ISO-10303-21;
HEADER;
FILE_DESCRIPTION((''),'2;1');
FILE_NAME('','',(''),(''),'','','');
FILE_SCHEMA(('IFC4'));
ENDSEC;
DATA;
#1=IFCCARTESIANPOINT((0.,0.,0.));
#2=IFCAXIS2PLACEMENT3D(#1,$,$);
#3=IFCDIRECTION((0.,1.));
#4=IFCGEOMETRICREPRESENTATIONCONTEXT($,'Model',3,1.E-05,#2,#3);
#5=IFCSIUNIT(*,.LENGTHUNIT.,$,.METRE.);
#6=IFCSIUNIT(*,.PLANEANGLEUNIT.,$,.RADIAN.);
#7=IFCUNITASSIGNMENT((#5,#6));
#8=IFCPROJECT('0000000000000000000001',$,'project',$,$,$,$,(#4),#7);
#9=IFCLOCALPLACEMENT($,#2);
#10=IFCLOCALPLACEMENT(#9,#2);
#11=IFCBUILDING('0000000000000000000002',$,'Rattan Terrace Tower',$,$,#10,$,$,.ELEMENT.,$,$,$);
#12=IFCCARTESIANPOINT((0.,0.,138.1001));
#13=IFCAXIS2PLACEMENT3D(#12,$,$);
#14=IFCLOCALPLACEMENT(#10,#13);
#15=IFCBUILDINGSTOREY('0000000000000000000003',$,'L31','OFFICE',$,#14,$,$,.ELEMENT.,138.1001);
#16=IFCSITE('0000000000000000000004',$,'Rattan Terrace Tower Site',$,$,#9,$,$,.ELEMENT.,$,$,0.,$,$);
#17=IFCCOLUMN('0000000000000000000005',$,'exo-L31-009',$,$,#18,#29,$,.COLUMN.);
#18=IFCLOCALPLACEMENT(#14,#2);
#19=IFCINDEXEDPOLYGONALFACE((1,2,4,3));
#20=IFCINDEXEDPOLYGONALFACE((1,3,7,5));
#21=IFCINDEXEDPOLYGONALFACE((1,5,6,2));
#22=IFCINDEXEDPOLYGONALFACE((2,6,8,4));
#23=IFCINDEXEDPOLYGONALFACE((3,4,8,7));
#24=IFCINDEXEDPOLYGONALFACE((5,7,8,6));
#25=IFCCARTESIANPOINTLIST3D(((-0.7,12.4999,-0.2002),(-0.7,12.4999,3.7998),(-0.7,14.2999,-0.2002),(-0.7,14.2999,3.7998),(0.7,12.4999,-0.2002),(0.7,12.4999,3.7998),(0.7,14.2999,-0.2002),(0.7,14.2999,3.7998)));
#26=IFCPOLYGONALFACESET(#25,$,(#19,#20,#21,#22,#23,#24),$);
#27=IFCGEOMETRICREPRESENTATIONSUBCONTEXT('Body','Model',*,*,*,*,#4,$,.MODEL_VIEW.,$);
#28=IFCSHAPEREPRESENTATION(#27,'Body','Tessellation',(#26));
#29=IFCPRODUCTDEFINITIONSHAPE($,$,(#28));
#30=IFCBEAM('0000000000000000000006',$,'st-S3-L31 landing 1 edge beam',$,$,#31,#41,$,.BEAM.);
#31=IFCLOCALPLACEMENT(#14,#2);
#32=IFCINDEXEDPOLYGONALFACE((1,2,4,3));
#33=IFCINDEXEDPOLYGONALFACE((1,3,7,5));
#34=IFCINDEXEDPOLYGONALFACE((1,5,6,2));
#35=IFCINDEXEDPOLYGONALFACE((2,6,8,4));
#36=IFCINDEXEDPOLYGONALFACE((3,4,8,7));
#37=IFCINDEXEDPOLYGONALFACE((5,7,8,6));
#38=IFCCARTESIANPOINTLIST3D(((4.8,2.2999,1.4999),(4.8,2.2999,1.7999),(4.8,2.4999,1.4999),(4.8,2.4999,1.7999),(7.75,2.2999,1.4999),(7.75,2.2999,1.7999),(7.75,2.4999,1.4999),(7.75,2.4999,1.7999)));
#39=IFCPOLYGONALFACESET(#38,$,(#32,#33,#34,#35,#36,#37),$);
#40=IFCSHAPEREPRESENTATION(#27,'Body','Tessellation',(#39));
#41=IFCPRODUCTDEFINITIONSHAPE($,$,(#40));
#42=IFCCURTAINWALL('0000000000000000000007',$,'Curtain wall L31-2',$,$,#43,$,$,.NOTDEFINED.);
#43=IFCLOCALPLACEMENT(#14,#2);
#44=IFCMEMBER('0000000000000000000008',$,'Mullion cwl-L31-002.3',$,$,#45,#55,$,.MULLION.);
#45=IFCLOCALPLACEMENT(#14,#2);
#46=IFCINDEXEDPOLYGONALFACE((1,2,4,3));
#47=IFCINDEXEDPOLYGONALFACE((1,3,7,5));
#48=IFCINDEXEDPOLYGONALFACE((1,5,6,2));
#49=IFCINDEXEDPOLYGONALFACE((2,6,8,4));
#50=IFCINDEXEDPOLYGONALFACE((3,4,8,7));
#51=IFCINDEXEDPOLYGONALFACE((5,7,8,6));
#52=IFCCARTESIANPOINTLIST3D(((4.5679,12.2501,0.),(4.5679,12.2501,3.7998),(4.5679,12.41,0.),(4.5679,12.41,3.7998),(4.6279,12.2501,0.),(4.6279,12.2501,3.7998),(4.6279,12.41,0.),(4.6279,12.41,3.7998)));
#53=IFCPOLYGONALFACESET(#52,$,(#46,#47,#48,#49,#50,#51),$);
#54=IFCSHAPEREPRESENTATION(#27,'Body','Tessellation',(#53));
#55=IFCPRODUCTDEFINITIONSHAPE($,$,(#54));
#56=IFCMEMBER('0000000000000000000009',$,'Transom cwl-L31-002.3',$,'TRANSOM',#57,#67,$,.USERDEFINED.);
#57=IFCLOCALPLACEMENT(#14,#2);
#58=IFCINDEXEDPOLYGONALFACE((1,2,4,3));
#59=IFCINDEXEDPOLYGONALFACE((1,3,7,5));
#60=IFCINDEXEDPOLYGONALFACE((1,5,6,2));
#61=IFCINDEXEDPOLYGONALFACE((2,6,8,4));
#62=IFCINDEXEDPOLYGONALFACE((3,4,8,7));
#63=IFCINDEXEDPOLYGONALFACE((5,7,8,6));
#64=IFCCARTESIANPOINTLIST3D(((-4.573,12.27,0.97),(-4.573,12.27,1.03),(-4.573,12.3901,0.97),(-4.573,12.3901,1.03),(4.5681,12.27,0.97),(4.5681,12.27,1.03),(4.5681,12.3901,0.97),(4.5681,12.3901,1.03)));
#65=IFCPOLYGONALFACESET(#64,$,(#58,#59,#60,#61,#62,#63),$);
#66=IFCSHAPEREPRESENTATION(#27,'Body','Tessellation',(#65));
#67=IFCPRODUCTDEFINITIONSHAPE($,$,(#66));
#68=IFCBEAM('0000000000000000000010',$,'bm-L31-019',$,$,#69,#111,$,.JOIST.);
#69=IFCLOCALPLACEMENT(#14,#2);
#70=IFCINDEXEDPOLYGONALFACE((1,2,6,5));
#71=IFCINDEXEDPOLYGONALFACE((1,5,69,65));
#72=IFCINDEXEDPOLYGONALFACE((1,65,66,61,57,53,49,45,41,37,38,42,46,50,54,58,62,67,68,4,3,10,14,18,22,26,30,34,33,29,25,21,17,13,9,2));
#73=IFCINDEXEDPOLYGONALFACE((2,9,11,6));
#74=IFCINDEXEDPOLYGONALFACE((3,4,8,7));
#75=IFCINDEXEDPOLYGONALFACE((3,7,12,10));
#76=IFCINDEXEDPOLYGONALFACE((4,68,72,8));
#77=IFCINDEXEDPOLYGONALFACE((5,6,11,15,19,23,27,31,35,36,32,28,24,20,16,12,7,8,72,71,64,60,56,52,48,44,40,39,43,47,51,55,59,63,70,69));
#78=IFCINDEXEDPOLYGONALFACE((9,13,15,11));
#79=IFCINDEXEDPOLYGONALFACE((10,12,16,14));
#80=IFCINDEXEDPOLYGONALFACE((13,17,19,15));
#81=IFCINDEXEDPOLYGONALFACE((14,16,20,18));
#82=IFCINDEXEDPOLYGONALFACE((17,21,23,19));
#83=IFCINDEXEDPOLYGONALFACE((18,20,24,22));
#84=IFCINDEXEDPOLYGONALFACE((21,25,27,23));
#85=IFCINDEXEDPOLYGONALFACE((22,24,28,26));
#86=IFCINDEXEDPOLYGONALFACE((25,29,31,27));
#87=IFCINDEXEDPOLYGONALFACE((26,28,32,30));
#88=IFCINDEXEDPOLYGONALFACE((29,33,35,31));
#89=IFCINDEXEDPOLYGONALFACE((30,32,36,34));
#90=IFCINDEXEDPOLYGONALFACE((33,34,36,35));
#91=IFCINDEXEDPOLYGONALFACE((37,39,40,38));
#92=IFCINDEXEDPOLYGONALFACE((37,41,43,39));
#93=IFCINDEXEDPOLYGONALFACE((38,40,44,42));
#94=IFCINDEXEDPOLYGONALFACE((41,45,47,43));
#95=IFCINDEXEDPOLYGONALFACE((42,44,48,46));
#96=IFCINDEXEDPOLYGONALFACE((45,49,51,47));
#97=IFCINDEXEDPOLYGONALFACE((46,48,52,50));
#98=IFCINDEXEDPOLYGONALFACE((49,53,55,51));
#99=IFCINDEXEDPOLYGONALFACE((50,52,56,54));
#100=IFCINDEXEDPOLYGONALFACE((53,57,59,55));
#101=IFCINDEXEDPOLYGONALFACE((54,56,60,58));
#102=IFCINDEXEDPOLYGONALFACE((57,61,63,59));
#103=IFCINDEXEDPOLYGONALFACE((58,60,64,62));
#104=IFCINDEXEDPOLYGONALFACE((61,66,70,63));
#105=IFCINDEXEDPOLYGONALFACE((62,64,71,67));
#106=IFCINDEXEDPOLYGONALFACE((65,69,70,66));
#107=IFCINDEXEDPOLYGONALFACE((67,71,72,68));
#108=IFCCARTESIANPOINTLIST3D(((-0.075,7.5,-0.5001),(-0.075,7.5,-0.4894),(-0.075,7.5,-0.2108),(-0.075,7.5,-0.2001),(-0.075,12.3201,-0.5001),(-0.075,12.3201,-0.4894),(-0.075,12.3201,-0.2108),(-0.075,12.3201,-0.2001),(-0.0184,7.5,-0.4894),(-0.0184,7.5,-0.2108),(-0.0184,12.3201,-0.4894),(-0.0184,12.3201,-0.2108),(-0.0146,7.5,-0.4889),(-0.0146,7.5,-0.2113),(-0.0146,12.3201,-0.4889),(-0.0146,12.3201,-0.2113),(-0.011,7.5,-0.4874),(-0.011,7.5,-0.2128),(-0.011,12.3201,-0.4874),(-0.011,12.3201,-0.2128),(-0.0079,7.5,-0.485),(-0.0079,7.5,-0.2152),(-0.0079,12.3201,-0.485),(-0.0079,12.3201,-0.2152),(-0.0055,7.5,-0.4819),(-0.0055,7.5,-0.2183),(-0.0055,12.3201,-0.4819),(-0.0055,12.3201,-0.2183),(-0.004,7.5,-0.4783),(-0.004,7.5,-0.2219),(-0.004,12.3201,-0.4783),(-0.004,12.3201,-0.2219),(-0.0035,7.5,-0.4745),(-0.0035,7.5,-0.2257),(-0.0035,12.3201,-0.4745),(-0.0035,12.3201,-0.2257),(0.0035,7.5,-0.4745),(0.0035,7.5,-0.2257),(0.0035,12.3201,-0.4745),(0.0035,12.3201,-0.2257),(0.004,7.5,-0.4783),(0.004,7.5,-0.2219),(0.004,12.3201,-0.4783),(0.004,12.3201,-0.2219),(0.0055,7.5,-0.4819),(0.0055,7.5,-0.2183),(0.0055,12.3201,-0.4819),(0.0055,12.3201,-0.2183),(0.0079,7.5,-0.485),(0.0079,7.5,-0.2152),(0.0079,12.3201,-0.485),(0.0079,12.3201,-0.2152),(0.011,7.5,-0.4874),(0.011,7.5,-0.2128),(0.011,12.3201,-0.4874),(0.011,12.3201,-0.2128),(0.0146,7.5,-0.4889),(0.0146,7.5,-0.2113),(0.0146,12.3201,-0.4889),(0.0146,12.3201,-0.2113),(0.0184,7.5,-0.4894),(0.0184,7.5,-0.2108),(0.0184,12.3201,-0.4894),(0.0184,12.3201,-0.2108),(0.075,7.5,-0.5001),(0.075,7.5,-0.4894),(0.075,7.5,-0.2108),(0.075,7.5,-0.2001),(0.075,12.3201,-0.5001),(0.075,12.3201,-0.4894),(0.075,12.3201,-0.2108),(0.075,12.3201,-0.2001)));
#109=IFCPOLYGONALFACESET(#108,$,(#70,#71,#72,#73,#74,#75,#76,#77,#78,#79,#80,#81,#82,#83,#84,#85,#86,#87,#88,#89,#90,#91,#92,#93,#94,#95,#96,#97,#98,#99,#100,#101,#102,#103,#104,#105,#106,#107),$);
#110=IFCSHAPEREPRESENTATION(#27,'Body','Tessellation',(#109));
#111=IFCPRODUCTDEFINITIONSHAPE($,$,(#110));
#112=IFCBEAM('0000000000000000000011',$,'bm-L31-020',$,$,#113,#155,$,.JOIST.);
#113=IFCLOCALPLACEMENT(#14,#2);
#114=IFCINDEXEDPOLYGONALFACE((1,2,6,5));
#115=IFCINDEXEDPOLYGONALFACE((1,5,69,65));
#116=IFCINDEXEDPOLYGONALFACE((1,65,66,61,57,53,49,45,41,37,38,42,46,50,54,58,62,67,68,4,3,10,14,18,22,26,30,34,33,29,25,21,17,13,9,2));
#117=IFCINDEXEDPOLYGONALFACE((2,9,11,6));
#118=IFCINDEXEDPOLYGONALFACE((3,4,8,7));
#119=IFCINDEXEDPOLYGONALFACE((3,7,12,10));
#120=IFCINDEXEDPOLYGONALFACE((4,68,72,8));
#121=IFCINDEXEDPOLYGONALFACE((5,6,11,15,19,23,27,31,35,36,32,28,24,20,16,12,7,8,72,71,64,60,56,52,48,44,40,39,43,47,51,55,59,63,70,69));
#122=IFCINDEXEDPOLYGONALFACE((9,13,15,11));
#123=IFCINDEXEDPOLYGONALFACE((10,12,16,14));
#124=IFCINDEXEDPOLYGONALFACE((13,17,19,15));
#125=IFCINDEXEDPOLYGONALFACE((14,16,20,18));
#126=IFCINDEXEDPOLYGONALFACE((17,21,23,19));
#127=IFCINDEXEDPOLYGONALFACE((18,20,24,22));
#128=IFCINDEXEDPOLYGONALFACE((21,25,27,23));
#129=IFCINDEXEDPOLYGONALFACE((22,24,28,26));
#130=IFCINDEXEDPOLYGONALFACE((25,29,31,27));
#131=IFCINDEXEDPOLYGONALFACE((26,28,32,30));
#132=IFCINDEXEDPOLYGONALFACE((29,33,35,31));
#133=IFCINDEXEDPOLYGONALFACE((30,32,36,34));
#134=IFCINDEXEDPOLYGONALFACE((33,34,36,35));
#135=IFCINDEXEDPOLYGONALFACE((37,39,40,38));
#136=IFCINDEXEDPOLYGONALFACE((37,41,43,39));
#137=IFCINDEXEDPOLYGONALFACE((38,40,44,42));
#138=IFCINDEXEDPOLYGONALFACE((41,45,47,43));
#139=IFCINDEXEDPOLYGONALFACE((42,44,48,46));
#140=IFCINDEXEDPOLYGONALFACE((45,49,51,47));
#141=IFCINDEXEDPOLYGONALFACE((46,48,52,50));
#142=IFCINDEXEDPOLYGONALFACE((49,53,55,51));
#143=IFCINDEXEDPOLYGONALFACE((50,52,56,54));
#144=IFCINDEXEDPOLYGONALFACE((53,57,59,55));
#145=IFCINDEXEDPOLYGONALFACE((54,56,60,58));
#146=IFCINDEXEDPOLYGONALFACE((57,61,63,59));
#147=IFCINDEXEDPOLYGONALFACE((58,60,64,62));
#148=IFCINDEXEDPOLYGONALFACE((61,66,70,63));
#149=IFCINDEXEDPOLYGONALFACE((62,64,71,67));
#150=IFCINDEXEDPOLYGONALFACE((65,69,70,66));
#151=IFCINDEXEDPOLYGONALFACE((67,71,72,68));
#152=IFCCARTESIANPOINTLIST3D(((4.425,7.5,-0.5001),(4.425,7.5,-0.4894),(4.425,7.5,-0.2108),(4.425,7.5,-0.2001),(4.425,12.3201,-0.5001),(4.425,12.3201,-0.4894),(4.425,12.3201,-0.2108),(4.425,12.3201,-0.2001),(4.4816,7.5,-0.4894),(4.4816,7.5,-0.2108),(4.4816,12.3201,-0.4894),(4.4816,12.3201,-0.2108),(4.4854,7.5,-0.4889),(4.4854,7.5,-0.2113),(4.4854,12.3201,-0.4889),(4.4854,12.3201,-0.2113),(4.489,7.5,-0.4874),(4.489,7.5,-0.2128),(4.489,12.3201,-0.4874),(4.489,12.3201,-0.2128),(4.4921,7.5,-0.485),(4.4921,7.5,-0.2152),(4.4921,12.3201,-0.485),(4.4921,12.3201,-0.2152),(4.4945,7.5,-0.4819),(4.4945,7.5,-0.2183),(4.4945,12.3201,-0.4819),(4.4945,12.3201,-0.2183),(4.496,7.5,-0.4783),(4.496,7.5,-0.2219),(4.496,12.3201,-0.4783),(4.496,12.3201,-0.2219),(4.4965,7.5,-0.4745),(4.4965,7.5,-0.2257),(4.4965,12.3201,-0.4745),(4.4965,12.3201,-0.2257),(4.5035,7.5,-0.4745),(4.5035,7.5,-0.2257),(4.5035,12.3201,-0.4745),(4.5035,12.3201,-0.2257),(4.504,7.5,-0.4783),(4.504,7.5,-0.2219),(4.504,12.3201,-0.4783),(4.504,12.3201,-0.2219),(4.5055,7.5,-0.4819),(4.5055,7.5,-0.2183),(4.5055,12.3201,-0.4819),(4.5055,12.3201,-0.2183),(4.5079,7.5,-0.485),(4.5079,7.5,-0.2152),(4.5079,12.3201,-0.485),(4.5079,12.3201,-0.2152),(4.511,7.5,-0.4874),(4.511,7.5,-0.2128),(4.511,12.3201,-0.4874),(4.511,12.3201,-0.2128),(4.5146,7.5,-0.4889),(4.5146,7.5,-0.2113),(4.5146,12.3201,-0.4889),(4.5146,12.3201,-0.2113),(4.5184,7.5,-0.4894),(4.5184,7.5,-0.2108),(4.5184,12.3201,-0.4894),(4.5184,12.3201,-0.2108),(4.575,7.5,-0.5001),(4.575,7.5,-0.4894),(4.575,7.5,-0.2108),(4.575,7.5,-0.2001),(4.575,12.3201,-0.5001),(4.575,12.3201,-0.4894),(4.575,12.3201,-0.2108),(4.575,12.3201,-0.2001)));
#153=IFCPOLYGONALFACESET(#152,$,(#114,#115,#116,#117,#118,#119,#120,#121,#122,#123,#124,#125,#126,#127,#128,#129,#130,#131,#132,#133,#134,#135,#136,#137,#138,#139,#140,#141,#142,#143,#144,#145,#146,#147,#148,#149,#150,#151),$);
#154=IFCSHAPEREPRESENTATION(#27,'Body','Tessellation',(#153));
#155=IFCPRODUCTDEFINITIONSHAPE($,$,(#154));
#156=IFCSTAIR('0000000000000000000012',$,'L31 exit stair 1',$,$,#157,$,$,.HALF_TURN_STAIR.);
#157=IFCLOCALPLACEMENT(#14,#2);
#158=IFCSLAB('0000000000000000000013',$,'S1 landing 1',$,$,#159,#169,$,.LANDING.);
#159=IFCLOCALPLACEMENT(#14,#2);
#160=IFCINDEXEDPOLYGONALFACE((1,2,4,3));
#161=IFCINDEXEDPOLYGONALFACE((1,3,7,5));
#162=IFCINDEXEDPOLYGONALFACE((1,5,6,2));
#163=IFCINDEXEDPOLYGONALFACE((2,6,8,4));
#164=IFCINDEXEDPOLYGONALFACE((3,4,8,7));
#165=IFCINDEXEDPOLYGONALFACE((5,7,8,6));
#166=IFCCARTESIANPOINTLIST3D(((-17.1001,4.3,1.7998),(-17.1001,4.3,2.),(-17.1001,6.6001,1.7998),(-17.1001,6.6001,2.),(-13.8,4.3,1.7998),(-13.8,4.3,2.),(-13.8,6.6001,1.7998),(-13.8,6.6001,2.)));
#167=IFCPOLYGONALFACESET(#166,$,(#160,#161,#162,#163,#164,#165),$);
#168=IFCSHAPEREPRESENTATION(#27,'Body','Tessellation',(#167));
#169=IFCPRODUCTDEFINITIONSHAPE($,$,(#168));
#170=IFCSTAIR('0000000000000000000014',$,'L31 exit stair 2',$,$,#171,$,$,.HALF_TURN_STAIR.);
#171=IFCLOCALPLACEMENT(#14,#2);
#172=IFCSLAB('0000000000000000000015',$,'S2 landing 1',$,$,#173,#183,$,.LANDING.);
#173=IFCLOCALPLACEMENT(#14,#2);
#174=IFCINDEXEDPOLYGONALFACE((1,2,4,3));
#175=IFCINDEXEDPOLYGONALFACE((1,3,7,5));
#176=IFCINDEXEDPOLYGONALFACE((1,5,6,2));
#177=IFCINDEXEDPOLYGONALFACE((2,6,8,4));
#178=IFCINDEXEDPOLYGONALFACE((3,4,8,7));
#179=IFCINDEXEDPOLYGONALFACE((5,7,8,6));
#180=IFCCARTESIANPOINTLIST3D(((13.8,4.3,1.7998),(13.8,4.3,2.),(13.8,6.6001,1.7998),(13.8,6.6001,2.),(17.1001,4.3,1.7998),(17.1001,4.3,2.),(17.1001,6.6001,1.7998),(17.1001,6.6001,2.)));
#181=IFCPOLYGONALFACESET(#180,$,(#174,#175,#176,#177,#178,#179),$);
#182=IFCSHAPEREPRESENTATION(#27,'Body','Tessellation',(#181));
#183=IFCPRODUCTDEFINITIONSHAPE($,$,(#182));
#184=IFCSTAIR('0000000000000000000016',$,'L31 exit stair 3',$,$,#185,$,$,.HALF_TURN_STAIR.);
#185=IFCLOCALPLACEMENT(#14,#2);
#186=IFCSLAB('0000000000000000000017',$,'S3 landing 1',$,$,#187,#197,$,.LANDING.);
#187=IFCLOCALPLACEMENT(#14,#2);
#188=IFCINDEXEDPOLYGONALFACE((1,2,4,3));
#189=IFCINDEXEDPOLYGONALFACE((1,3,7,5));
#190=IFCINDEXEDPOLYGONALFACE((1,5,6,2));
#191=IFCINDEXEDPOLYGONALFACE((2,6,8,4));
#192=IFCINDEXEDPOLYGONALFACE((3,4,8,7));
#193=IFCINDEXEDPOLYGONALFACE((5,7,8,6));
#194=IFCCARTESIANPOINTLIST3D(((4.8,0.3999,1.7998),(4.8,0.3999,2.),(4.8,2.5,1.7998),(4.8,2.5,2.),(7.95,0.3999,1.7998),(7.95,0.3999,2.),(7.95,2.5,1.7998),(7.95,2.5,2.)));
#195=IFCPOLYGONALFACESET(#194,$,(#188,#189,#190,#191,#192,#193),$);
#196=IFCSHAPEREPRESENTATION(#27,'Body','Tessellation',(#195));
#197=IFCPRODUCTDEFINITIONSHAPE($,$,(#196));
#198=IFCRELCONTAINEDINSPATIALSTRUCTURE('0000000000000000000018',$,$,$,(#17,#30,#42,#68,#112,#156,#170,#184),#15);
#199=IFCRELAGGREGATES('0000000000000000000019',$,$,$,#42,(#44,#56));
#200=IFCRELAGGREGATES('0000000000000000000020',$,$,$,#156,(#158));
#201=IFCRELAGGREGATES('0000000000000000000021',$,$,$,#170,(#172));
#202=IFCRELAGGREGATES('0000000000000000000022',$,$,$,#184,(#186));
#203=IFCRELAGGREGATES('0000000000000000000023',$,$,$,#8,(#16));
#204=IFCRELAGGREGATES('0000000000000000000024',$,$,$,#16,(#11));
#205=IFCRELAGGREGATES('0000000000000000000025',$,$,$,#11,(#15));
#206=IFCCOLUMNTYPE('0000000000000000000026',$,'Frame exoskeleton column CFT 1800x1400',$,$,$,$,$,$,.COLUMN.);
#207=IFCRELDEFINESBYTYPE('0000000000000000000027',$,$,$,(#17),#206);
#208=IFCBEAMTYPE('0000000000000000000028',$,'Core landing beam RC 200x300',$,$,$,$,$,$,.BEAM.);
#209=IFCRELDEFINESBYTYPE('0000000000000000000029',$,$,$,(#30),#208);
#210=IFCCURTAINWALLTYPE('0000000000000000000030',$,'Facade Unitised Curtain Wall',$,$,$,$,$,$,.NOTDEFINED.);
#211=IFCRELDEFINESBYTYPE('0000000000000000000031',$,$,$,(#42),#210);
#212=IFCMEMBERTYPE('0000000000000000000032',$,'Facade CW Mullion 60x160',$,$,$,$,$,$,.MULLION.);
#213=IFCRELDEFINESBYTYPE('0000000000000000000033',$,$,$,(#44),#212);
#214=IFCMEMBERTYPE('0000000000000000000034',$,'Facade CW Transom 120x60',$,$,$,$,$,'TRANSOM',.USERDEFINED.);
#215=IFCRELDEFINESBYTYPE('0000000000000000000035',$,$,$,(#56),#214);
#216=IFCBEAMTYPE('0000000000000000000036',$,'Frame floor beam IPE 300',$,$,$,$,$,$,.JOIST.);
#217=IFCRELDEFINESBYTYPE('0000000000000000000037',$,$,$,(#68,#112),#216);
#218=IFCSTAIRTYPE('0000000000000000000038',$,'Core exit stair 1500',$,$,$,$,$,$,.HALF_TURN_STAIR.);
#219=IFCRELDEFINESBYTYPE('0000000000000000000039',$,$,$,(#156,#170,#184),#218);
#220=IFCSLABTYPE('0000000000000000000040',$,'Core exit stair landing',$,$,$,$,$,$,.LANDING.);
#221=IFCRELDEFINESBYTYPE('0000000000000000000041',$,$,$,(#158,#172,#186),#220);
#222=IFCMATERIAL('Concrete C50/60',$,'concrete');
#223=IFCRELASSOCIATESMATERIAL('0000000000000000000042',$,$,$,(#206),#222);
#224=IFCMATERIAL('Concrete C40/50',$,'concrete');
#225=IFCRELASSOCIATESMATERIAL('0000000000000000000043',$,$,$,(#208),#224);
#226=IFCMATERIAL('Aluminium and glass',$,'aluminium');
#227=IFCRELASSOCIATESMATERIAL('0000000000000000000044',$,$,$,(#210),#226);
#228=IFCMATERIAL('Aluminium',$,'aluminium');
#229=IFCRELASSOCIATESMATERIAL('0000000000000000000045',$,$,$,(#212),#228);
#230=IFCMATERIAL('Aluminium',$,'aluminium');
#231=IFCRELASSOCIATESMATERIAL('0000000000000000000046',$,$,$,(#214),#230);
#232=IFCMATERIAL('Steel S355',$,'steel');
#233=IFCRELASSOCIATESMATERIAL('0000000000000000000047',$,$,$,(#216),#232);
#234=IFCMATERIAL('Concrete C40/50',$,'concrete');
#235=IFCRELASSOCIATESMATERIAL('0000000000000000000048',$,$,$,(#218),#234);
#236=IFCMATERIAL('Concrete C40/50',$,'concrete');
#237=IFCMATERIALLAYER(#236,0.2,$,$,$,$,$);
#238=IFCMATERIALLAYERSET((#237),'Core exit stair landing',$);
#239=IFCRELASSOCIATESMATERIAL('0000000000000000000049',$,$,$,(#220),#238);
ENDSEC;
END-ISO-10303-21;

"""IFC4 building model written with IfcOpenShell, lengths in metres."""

from ifc_helpers import new_model, si_unit, direction, frame, origin, origin_2d, place, context, subcontext, project, spatial, polyline, rectangle, i_section, outline, extrude, material, layer, layer_set, material_profile, profile_set, type_object, element, aggregate, save


model = new_model("IFC4")

# Units and contexts
model_context = context("Model", 3, precision=1e-05, world=origin(), true_north=direction((0.0, 1.0)))
body_context = subcontext(model_context, "Body", "Model", "MODEL_VIEW")
ifc_project = project(units=[si_unit("LENGTHUNIT", "METRE"), si_unit("PLANEANGLEUNIT", "RADIAN")], contexts=[model_context])

# Site, building, storey
site_placement = place(None, origin())
site = spatial("IfcSite", under=ifc_project, at=site_placement, Name="Rattan Terrace Tower Site", CompositionType="ELEMENT", RefElevation=0.0)
building_placement = place(site_placement, origin())
building = spatial("IfcBuilding", under=site, at=building_placement, Name="Rattan Terrace Tower", CompositionType="ELEMENT")
storey_placement = place(building_placement, frame((0.0, 0.0, 138.1001)))
storey = spatial("IfcBuildingStorey", under=building, at=storey_placement, Name="L31", Description="OFFICE", CompositionType="ELEMENT", Elevation=138.1001)

# Column
ifc_material_1 = material(Name="Concrete C50/60", Category="concrete")
ifc_material_profile_1 = material_profile(ifc_material_1, rectangle(XDim=1.3999, YDim=1.8, at=origin_2d()), Name="CFT 1800x1400")
ifc_profile_set_1 = profile_set([ifc_material_profile_1], Name="Concrete C50/60")
column_type = type_object("IfcColumnType", Name="Frame exoskeleton column CFT 1800x1400", PredefinedType="COLUMN", material=ifc_profile_set_1)
column_placement = place(storey_placement, frame((0.0, 13.3999, -0.2002), z_axis=(0.0, 0.0, 1.0), x_axis=(1.0, 0.0, 0.0)))
element("IfcColumn", 1, at=column_placement, inside=storey, type_object=column_type, Name="exo-L31-009", PredefinedType="COLUMN", context=body_context, shape_type="SweptSolid", body=[
    extrude(rectangle(XDim=1.3999, YDim=1.8, at=origin_2d()), origin(), (0.0, 0.0, 1.0), 4.0),
])

# Beam
ifc_material_2 = material(Name="Concrete C40/50", Category="concrete")
ifc_material_profile_2 = material_profile(ifc_material_2, rectangle(XDim=0.2, YDim=0.3, at=origin_2d()), Name="RC 200x300")
ifc_profile_set_2 = profile_set([ifc_material_profile_2], Name="Concrete C40/50")
beam_type_1 = type_object("IfcBeamType", Name="Core landing beam RC 200x300", PredefinedType="BEAM", material=ifc_profile_set_2)
beam_placement = place(storey_placement, frame((4.8, 2.3999, 1.6499), z_axis=(1.0, 0.0, 0.0), x_axis=(0.0, 1.0, 0.0)))
element("IfcBeam", 2, at=beam_placement, inside=storey, type_object=beam_type_1, Name="st-S3-L31 landing 1 edge beam", PredefinedType="BEAM", context=body_context, shape_type="SweptSolid", body=[
    extrude(rectangle(XDim=0.2, YDim=0.3, at=origin_2d()), origin(), (0.0, 0.0, 1.0), 2.95),
])

# Curtain wall, members
ifc_material_3 = material(Name="Aluminium and glass", Category="aluminium")
curtain_wall_type = type_object("IfcCurtainWallType", Name="Facade Unitised Curtain Wall", PredefinedType="NOTDEFINED", material=ifc_material_3)
curtain_wall_placement = place(storey_placement, origin())
curtain_wall = element("IfcCurtainWall", 3, at=curtain_wall_placement, inside=storey, type_object=curtain_wall_type, Name="Curtain wall L31-2", PredefinedType="NOTDEFINED")
ifc_material_4 = material(Name="Aluminium", Category="aluminium")
ifc_material_profile_3 = material_profile(ifc_material_4, rectangle(XDim=0.0601, YDim=0.1599, at=origin_2d()), Name="Aluminium 60x160")
ifc_profile_set_3 = profile_set([ifc_material_profile_3], Name="Aluminium")
member_type_1 = type_object("IfcMemberType", Name="Facade CW Mullion 60x160", PredefinedType="MULLION", material=ifc_profile_set_3)
member_1_placement = place(storey_placement, frame((4.5979, 12.3301, 0.0), z_axis=(0.0, 0.0, 1.0), x_axis=(-1.0, 0.0, 0.0)))
member_1 = element("IfcMember", 4, at=member_1_placement, type_object=member_type_1, Name="Mullion cwl-L31-002.3", PredefinedType="MULLION", context=body_context, shape_type="SweptSolid", body=[
    extrude(rectangle(XDim=0.0601, YDim=0.1599, at=origin_2d()), origin(), (0.0, 0.0, 1.0), 3.7998),
])
ifc_material_5 = material(Name="Aluminium", Category="aluminium")
ifc_material_profile_4 = material_profile(ifc_material_5, rectangle(XDim=0.1201, YDim=0.0601, at=origin_2d()), Name="Aluminium 120x60")
ifc_profile_set_4 = profile_set([ifc_material_profile_4], Name="Aluminium")
member_type_2 = type_object("IfcMemberType", Name="Facade CW Transom 120x60", ElementType="TRANSOM", PredefinedType="USERDEFINED", material=ifc_profile_set_4)
member_2_placement = place(storey_placement, frame((4.5681, 12.3301, 1.0), z_axis=(-1.0, 0.0, 0.0), x_axis=(0.0, -1.0, 0.0)))
member_2 = element("IfcMember", 5, at=member_2_placement, type_object=member_type_2, Name="Transom cwl-L31-002.3", ObjectType="TRANSOM", PredefinedType="USERDEFINED", context=body_context, shape_type="SweptSolid", body=[
    extrude(rectangle(XDim=0.1201, YDim=0.0601, at=origin_2d()), origin(), (0.0, 0.0, 1.0), 9.1411),
])
aggregate(curtain_wall, [member_1, member_2])

# Beams
ifc_material_6 = material(Name="Steel S355", Category="steel")
ifc_material_profile_5 = material_profile(ifc_material_6, i_section(OverallWidth=0.1499, OverallDepth=0.3, WebThickness=0.0071, FlangeThickness=0.0107, FilletRadius=0.0149, at=origin_2d()), Name="IPE 300")
ifc_profile_set_5 = profile_set([ifc_material_profile_5], Name="Steel S355")
beam_type_2 = type_object("IfcBeamType", Name="Frame floor beam IPE 300", PredefinedType="JOIST", material=ifc_profile_set_5)
for number, where, z_axis, x_axis, name in (
    (6, (0.0, 7.5, -0.3501), (0.0, 1.0, 0.0), (-1.0, 0.0, 0.0), "bm-L31-019"),
    (7, (4.5, 7.5, -0.3501), (0.0, 1.0, 0.0), (-1.0, 0.0, 0.0), "bm-L31-020"),
):
    element("IfcBeam", number, at=place(storey_placement, frame(where, z_axis=z_axis, x_axis=x_axis)), inside=storey, type_object=beam_type_2, Name=name, PredefinedType="JOIST", context=body_context, shape_type="SweptSolid", body=[
        extrude(i_section(OverallWidth=0.1499, OverallDepth=0.3, WebThickness=0.0071, FlangeThickness=0.0107, FilletRadius=0.0149, at=origin_2d()), origin(), (0.0, 0.0, 1.0), 4.8201),
    ])

# Stairs, slabs
ifc_material_7 = material(Name="Concrete C40/50", Category="concrete")
stair_type = type_object("IfcStairType", Name="Core exit stair 1500", PredefinedType="HALF_TURN_STAIR", material=ifc_material_7)
stair_1_placement = place(storey_placement, origin())
stair_1 = element("IfcStair", 8, at=stair_1_placement, inside=storey, type_object=stair_type, Name="L31 exit stair 1", PredefinedType="HALF_TURN_STAIR")
ifc_material_8 = material(Name="Concrete C40/50", Category="concrete")
ifc_layer_1 = layer(ifc_material_8, 0.2)
ifc_layer_set_1 = layer_set([ifc_layer_1], Name="Core exit stair landing")
slab_type = type_object("IfcSlabType", Name="Core exit stair landing", PredefinedType="LANDING", material=ifc_layer_set_1)
slab_1_placement = place(storey_placement, frame((0.0, 0.0, 1.7998)))
slab_1 = element("IfcSlab", 9, at=slab_1_placement, type_object=slab_type, Name="S1 landing 1", PredefinedType="LANDING", context=body_context, shape_type="SweptSolid", body=[
    extrude(outline(polyline([(-13.8, 4.3), (-13.8, 6.6001), (-17.1001, 6.6001), (-17.1001, 4.3), (-13.8, 4.3)])), origin(), (0.0, 0.0, 1.0), 0.2002),
])
aggregate(stair_1, [slab_1])
stair_2_placement = place(storey_placement, origin())
stair_2 = element("IfcStair", 10, at=stair_2_placement, inside=storey, type_object=stair_type, Name="L31 exit stair 2", PredefinedType="HALF_TURN_STAIR")
slab_2_placement = place(storey_placement, frame((0.0, 0.0, 1.7998)))
slab_2 = element("IfcSlab", 11, at=slab_2_placement, type_object=slab_type, Name="S2 landing 1", PredefinedType="LANDING", context=body_context, shape_type="SweptSolid", body=[
    extrude(outline(polyline([(17.1001, 4.3), (17.1001, 6.6001), (13.8, 6.6001), (13.8, 4.3), (17.1001, 4.3)])), origin(), (0.0, 0.0, 1.0), 0.2002),
])
aggregate(stair_2, [slab_2])
stair_3_placement = place(storey_placement, origin())
stair_3 = element("IfcStair", 12, at=stair_3_placement, inside=storey, type_object=stair_type, Name="L31 exit stair 3", PredefinedType="HALF_TURN_STAIR")
slab_3_placement = place(storey_placement, frame((0.0, 0.0, 1.7998)))
slab_3 = element("IfcSlab", 13, at=slab_3_placement, type_object=slab_type, Name="S3 landing 1", PredefinedType="LANDING", context=body_context, shape_type="SweptSolid", body=[
    extrude(outline(polyline([(4.8, 2.5), (4.8, 0.3999), (7.95, 0.3999), (7.95, 2.5), (4.8, 2.5)])), origin(), (0.0, 0.0, 1.0), 0.2002),
])

aggregate(stair_3, [slab_3])

save(model, "model.ifc")
